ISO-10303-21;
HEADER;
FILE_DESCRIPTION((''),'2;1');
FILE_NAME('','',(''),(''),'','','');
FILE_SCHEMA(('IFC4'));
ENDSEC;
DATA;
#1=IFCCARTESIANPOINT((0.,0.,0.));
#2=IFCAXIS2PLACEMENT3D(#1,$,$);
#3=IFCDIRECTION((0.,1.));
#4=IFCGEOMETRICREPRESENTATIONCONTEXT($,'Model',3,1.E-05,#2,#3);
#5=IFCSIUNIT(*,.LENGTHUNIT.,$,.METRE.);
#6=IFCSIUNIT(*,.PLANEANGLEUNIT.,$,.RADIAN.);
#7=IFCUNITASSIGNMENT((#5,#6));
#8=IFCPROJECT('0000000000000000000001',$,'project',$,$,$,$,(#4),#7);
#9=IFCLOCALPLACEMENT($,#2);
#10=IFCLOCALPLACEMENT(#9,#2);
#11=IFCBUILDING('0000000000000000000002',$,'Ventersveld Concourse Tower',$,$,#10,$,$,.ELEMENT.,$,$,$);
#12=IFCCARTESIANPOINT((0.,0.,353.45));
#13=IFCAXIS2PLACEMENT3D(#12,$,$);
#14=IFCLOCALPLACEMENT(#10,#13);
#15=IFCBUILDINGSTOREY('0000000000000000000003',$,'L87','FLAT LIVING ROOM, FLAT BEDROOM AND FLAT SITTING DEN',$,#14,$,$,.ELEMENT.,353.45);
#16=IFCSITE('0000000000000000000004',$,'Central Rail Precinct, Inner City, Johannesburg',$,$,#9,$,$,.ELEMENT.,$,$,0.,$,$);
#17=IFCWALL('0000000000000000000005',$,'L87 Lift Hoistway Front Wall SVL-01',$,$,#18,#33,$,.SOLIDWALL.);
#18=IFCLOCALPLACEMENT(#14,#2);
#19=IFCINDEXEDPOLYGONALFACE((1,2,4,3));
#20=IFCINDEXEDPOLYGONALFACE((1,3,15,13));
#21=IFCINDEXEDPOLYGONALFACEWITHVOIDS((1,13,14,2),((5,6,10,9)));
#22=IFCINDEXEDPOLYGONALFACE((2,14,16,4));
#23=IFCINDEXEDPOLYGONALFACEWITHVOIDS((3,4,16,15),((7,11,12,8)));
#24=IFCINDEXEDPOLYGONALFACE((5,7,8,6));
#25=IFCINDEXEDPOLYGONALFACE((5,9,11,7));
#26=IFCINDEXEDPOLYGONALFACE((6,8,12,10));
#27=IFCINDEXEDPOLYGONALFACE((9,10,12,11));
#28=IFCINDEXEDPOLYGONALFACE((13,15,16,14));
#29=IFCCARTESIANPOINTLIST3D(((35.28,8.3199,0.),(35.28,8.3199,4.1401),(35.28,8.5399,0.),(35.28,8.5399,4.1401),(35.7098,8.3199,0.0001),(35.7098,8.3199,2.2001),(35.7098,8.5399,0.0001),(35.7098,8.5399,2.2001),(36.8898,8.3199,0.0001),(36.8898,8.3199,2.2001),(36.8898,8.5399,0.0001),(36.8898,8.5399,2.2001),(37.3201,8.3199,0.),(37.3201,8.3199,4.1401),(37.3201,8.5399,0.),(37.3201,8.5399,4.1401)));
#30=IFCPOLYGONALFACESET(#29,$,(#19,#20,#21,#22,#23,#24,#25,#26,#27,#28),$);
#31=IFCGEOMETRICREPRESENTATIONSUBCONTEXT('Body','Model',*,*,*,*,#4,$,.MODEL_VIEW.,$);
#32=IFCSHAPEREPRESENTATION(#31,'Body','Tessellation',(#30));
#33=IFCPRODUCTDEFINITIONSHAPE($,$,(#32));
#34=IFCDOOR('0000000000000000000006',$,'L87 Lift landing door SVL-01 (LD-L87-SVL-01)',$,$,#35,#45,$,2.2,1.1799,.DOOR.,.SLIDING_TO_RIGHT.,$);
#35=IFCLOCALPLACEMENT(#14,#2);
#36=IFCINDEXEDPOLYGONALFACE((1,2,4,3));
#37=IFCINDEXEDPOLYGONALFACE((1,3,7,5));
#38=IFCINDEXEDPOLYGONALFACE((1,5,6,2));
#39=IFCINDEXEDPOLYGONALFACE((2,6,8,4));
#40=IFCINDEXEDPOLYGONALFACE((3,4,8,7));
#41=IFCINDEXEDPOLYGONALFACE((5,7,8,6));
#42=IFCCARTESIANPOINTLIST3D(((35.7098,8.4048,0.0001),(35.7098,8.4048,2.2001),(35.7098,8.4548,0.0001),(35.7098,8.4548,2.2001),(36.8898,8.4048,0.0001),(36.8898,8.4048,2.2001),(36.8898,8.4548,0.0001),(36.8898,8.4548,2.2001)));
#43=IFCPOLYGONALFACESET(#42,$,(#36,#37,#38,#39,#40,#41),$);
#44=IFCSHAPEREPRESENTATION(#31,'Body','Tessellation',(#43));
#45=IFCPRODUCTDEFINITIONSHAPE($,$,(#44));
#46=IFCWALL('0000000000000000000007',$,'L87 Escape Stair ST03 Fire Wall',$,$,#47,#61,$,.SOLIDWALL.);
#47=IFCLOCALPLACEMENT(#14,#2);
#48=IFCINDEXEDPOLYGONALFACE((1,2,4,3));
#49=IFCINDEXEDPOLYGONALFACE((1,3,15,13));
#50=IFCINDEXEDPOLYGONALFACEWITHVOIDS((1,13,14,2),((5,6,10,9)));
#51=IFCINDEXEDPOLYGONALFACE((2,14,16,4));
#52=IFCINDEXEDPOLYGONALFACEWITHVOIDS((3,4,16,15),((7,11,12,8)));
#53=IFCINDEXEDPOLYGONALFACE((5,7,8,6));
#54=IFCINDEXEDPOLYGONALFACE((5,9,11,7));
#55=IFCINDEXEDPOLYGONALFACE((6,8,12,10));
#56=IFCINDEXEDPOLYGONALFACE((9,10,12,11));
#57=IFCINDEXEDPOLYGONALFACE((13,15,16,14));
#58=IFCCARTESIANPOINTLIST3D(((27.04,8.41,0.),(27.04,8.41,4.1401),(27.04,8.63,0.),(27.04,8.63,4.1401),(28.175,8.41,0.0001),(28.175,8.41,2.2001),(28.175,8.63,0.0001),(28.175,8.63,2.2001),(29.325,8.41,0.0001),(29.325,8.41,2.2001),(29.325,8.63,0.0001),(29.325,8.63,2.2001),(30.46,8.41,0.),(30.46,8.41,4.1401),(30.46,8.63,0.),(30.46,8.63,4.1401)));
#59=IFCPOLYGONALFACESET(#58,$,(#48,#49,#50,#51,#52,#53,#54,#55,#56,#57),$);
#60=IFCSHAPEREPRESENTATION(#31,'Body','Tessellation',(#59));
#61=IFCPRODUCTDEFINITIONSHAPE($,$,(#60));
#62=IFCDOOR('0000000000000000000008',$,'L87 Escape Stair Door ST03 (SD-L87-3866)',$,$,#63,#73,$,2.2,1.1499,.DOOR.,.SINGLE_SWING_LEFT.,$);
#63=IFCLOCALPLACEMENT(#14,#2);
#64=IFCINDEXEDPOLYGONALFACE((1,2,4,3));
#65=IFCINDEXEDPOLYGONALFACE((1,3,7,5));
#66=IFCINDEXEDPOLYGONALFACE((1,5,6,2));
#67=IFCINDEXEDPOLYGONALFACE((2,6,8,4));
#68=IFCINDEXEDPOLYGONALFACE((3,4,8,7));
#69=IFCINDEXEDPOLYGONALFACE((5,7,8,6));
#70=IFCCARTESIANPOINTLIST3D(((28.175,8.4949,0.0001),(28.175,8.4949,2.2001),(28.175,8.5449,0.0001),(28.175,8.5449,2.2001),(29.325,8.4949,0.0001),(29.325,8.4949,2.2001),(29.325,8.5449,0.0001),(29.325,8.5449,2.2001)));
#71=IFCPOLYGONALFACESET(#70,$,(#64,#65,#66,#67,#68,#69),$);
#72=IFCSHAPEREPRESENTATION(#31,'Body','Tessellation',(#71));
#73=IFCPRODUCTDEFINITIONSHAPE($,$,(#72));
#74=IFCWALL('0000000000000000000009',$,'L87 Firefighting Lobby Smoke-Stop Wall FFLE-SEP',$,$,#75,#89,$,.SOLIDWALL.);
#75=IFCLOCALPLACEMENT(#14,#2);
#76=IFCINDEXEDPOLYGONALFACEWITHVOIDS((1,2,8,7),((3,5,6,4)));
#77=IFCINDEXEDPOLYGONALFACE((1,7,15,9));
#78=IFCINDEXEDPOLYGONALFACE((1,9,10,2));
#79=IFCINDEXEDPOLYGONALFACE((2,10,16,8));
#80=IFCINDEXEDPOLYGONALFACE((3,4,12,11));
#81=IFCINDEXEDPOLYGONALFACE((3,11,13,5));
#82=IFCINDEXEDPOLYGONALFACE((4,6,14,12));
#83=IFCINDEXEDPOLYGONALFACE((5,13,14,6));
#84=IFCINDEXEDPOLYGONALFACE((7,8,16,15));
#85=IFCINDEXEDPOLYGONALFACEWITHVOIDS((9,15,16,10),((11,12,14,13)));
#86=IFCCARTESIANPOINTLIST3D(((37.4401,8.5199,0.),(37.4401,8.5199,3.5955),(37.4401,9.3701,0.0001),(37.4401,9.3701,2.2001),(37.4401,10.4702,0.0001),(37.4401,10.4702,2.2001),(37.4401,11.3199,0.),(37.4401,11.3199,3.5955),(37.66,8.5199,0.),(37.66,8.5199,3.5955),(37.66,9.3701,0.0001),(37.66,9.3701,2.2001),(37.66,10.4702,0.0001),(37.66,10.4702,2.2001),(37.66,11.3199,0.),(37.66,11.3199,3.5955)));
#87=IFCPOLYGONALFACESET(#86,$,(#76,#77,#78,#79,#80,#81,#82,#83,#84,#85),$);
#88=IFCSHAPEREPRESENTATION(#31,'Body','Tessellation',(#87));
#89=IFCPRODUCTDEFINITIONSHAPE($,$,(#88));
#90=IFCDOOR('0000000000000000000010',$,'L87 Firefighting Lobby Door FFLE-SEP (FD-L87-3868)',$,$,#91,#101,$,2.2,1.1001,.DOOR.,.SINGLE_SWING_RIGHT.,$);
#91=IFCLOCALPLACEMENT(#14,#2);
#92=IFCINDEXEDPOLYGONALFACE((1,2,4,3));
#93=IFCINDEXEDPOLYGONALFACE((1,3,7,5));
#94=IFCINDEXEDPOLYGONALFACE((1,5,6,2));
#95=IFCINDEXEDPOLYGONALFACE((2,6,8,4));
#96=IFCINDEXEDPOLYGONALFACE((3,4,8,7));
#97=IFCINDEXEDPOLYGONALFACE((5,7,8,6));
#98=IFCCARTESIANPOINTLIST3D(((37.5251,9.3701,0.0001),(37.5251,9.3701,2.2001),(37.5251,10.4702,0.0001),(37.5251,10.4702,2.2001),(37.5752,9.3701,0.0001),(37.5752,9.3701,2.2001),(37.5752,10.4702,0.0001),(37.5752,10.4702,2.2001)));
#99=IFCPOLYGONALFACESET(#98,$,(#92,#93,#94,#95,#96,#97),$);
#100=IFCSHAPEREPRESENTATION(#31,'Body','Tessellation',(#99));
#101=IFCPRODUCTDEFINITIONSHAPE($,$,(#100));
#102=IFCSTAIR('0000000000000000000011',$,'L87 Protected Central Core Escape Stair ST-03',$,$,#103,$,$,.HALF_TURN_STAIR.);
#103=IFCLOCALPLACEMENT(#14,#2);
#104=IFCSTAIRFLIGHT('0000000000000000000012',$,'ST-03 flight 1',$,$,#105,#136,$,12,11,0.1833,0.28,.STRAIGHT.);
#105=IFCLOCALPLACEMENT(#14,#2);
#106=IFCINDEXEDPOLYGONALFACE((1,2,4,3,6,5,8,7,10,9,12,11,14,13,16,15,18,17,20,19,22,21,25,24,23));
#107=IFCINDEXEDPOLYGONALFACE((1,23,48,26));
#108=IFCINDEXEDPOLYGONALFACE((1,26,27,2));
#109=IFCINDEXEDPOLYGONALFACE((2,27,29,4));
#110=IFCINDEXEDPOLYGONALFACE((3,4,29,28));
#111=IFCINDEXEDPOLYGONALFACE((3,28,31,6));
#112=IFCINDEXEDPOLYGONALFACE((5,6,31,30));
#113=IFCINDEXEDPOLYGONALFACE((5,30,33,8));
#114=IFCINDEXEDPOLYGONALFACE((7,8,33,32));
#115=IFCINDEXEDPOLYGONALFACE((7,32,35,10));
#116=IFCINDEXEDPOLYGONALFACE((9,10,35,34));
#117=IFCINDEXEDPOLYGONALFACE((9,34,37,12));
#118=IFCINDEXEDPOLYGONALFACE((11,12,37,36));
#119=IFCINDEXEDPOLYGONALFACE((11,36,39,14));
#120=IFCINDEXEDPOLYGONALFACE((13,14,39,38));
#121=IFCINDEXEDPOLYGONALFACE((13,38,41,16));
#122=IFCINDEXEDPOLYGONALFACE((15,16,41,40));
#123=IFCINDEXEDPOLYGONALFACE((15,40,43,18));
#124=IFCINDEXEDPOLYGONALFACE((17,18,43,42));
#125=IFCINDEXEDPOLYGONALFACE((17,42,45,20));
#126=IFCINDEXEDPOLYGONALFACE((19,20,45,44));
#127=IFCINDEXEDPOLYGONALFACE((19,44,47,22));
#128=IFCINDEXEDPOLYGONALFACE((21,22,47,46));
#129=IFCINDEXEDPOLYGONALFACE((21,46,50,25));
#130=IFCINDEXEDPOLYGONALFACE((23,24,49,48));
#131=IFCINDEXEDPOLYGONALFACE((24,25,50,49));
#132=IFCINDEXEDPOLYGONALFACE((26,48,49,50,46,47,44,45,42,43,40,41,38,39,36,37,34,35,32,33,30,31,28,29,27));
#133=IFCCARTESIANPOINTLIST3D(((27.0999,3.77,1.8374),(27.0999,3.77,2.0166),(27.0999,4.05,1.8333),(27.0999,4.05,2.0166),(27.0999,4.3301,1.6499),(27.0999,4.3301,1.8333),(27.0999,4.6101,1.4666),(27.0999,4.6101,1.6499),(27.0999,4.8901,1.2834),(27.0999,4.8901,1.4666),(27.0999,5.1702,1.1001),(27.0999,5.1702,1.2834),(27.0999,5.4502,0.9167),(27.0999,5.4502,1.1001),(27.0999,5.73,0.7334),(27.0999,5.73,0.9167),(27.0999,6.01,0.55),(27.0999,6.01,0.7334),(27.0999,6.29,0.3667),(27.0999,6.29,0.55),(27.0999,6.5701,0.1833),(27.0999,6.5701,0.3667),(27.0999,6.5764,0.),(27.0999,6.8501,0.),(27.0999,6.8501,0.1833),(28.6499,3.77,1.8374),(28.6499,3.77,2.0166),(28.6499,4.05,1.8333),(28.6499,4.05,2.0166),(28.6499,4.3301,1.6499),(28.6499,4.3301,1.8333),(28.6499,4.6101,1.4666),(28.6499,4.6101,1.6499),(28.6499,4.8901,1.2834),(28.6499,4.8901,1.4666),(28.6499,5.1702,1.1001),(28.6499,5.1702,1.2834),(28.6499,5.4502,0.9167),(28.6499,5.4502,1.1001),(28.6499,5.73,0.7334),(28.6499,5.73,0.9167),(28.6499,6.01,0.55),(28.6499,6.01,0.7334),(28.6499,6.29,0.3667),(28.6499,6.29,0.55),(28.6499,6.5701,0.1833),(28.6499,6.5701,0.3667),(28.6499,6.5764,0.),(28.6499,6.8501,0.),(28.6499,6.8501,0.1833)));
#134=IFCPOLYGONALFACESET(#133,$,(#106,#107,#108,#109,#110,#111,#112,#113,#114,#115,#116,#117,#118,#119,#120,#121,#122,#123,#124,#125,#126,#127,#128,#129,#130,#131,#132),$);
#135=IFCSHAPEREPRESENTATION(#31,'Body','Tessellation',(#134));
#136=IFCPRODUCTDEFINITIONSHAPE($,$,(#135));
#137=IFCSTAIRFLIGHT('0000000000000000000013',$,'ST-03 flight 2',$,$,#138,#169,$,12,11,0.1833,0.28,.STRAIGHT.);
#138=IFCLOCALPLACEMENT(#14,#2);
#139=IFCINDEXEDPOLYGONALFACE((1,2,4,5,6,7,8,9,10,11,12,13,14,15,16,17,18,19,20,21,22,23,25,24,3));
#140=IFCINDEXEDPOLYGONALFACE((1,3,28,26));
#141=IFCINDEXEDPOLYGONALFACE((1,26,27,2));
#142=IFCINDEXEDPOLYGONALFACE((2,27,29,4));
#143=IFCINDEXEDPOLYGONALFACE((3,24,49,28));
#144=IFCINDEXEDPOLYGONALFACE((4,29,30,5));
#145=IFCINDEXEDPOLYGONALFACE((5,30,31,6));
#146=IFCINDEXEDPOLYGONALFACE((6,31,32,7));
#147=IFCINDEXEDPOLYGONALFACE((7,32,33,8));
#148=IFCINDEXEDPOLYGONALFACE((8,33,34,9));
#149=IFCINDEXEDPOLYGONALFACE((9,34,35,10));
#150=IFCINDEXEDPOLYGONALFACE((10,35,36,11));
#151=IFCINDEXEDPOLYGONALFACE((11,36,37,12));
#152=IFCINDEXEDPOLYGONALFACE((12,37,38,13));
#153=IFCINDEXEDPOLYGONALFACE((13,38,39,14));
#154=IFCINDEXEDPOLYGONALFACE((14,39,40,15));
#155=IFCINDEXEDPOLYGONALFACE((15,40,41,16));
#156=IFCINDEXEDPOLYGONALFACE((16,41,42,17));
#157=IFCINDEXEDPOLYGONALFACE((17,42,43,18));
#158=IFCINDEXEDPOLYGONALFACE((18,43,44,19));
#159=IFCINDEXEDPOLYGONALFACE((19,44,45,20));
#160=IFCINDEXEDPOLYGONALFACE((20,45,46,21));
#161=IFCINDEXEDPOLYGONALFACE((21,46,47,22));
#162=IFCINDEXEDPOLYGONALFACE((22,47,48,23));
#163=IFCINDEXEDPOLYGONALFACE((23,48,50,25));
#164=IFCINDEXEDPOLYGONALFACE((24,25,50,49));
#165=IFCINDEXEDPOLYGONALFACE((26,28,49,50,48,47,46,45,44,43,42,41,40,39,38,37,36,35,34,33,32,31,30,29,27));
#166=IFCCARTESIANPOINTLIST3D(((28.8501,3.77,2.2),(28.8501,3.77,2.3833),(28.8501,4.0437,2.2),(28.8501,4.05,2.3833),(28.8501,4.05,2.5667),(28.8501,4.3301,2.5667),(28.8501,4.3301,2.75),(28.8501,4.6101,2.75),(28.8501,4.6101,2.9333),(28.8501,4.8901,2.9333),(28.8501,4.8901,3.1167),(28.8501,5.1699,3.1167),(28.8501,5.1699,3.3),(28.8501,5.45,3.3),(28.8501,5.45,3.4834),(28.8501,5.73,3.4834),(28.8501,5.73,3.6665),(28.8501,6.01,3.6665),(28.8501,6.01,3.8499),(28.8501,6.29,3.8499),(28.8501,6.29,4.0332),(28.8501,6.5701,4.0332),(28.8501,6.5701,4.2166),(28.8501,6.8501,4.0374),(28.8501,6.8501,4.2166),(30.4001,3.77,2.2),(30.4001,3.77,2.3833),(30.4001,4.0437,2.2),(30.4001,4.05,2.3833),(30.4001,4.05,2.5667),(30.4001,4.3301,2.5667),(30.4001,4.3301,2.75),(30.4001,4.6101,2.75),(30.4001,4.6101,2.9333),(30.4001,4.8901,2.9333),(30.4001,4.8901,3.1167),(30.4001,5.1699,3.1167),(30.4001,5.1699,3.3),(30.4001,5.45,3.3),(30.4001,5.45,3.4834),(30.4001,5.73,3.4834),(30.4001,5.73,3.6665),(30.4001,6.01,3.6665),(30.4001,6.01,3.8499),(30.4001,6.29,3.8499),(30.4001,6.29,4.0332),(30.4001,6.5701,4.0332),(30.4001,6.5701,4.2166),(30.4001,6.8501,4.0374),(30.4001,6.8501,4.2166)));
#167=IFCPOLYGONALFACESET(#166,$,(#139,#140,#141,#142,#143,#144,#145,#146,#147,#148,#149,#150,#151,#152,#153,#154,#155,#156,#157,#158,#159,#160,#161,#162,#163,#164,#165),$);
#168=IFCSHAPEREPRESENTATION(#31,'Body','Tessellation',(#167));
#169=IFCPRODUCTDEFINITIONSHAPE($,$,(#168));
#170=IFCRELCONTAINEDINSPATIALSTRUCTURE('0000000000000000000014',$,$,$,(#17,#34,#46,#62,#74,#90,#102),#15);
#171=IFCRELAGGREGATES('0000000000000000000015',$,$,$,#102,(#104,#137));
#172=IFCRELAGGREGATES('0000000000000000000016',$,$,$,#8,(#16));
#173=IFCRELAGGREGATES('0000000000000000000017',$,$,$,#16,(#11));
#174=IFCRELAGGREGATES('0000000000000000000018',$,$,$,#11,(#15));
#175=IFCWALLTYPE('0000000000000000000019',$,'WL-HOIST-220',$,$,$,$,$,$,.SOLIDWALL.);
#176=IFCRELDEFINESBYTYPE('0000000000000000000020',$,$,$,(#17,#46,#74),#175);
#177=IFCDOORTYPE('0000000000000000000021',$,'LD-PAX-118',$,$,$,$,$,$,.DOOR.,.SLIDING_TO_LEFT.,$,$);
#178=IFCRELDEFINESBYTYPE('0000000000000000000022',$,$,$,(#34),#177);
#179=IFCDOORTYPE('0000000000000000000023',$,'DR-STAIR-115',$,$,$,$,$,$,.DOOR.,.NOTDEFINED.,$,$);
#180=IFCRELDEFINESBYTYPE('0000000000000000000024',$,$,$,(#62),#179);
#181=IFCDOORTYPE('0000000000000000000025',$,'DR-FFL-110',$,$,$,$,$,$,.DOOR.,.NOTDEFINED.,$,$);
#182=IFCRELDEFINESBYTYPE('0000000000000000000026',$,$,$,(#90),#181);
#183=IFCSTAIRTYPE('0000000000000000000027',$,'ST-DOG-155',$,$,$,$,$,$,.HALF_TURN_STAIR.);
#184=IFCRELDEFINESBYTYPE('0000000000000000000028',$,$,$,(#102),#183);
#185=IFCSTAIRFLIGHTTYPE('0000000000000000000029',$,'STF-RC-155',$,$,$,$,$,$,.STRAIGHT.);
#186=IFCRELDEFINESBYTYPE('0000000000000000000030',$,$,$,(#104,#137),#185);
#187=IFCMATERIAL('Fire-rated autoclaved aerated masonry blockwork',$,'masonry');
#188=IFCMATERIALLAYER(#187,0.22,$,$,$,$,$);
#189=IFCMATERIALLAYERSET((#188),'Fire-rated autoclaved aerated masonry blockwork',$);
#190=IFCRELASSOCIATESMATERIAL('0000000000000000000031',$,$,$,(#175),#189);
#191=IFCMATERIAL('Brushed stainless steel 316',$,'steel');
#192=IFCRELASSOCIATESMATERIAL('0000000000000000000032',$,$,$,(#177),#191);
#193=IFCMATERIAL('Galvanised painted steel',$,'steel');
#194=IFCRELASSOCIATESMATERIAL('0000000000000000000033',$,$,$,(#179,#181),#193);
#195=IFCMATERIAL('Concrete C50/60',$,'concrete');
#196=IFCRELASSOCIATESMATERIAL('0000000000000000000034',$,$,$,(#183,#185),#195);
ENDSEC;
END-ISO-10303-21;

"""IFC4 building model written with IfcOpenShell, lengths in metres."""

from ifc_helpers import new_model, si_unit, direction, frame, frame_2d, origin, place, context, subcontext, project, spatial, polyline, rectangle, outline, extrude, material, layer, layer_set, type_object, element, fill, aggregate, save


model = new_model("IFC4")

# Units and contexts
model_context = context("Model", 3, precision=1e-05, world=origin(), true_north=direction((0.0, 1.0)))
body_context = subcontext(model_context, "Body", "Model", "MODEL_VIEW")
ifc_project = project(units=[si_unit("LENGTHUNIT", "METRE"), si_unit("PLANEANGLEUNIT", "RADIAN")], contexts=[model_context])

# Site, building, storey
site_placement = place(None, origin())
site = spatial("IfcSite", under=ifc_project, at=site_placement, Name="Central Rail Precinct, Inner City, Johannesburg", CompositionType="ELEMENT", RefElevation=0.0)
building_placement = place(site_placement, origin())
building = spatial("IfcBuilding", under=site, at=building_placement, Name="Ventersveld Concourse Tower", CompositionType="ELEMENT")
storey_placement = place(building_placement, frame((0.0, 0.0, 353.45)))
storey = spatial("IfcBuildingStorey", under=building, at=storey_placement, Name="L87", Description="FLAT LIVING ROOM, FLAT BEDROOM AND FLAT SITTING DEN", CompositionType="ELEMENT", Elevation=353.45)

# Shared definitions
ifc_material_1 = material(Name="Concrete C50/60", Category="concrete")

# Shared definitions
ifc_material_2 = material(Name="Fire-rated autoclaved aerated masonry blockwork", Category="masonry")
ifc_material_3 = material(Name="Galvanised painted steel", Category="steel")

# Shared definitions
ifc_layer_1 = layer(ifc_material_2, 0.22)
ifc_layer_set_1 = layer_set([ifc_layer_1], Name="Fire-rated autoclaved aerated masonry blockwork")
wall_type_1 = type_object("IfcWallType", Name="WL-HOIST-220", PredefinedType="SOLIDWALL", material=ifc_layer_set_1)

# Walls, openings, doors
wall_1_placement = place(storey_placement, frame((35.28, 8.4299, 0.0), z_axis=(0.0, 0.0, 1.0), x_axis=(1.0, 0.0, 0.0)))
wall_1 = element("IfcWall", 1, at=wall_1_placement, inside=storey, type_object=wall_type_1, Name="L87 Lift Hoistway Front Wall SVL-01", PredefinedType="SOLIDWALL", context=body_context, shape_type="SweptSolid", body=[
    extrude(rectangle(XDim=2.04, YDim=0.22, at=frame_2d((1.02, 0.0))), origin(), (0.0, 0.0, 1.0), 4.1401),
])
opening_1_placement = place(wall_1_placement, frame((0.4299, 0.0, 0.0)))
opening_1 = element("IfcOpeningElement", 2, at=opening_1_placement, cuts=wall_1, PredefinedType="OPENING", context=body_context, shape_type="SweptSolid", body=[
    extrude(rectangle(XDim=1.1799, YDim=2.2, at=frame_2d((0.5898, 1.1001))), frame((0.0, 0.1201, 0.0), z_axis=(0.0, -1.0, 0.0), x_axis=(1.0, 0.0, 0.0)), (0.0, 0.0, 1.0), 0.24),
])
ifc_material_4 = material(Name="Brushed stainless steel 316", Category="steel")
door_type_1 = type_object("IfcDoorType", Name="LD-PAX-118", OperationType="SLIDING_TO_LEFT", PredefinedType="DOOR", material=ifc_material_4)
door_1_placement = place(opening_1_placement, origin())
door_1 = element("IfcDoor", 3, at=door_1_placement, inside=storey, type_object=door_type_1, Name="L87 Lift landing door SVL-01 (LD-L87-SVL-01)", OperationType="SLIDING_TO_RIGHT", OverallHeight=2.2, OverallWidth=1.1799, PredefinedType="DOOR", context=body_context, shape_type="SweptSolid", body=[
    extrude(rectangle(XDim=1.1799, YDim=2.2, at=frame_2d((0.5898, 1.1001))), frame((0.0, 0.0249, 0.0), z_axis=(0.0, -1.0, 0.0), x_axis=(1.0, 0.0, 0.0)), (0.0, 0.0, 1.0), 0.05),
])
fill(opening_1, door_1)
wall_2_placement = place(storey_placement, frame((27.04, 8.52, 0.0), z_axis=(0.0, 0.0, 1.0), x_axis=(1.0, 0.0, 0.0)))
wall_2 = element("IfcWall", 4, at=wall_2_placement, inside=storey, type_object=wall_type_1, Name="L87 Escape Stair ST03 Fire Wall", PredefinedType="SOLIDWALL", context=body_context, shape_type="SweptSolid", body=[
    extrude(rectangle(XDim=3.4199, YDim=0.22, at=frame_2d((1.71, 0.0))), origin(), (0.0, 0.0, 1.0), 4.1401),
])
opening_2_placement = place(wall_2_placement, frame((1.135, 0.0, 0.0)))
opening_2 = element("IfcOpeningElement", 5, at=opening_2_placement, cuts=wall_2, PredefinedType="OPENING", context=body_context, shape_type="SweptSolid", body=[
    extrude(rectangle(XDim=1.1499, YDim=2.2, at=frame_2d((0.575, 1.1001))), frame((0.0, 0.1201, 0.0), z_axis=(0.0, -1.0, 0.0), x_axis=(1.0, 0.0, 0.0)), (0.0, 0.0, 1.0), 0.24),
])
door_type_2 = type_object("IfcDoorType", Name="DR-STAIR-115", OperationType="NOTDEFINED", PredefinedType="DOOR", material=ifc_material_3)
door_2_placement = place(opening_2_placement, origin())
door_2 = element("IfcDoor", 6, at=door_2_placement, inside=storey, type_object=door_type_2, Name="L87 Escape Stair Door ST03 (SD-L87-3866)", OperationType="SINGLE_SWING_LEFT", OverallHeight=2.2, OverallWidth=1.1499, PredefinedType="DOOR", context=body_context, shape_type="SweptSolid", body=[
    extrude(rectangle(XDim=1.1499, YDim=2.2, at=frame_2d((0.575, 1.1001))), frame((0.0, 0.0249, 0.0), z_axis=(0.0, -1.0, 0.0), x_axis=(1.0, 0.0, 0.0)), (0.0, 0.0, 1.0), 0.05),
])
fill(opening_2, door_2)
wall_3_placement = place(storey_placement, frame((37.55, 8.52, 0.0), z_axis=(0.0, 0.0, 1.0), x_axis=(0.0, 1.0, 0.0)))
wall_3 = element("IfcWall", 7, at=wall_3_placement, inside=storey, type_object=wall_type_1, Name="L87 Firefighting Lobby Smoke-Stop Wall FFLE-SEP", PredefinedType="SOLIDWALL", context=body_context, shape_type="SweptSolid", body=[
    extrude(rectangle(XDim=2.8, YDim=0.22, at=frame_2d((1.3999, 0.0))), origin(), (0.0, 0.0, 1.0), 3.5955),
])
opening_3_placement = place(wall_3_placement, frame((0.8501, 0.0, 0.0)))
opening_3 = element("IfcOpeningElement", 8, at=opening_3_placement, cuts=wall_3, PredefinedType="OPENING", context=body_context, shape_type="SweptSolid", body=[
    extrude(rectangle(XDim=1.1001, YDim=2.2, at=frame_2d((0.55, 1.1001))), frame((0.0, 0.1201, 0.0), z_axis=(0.0, -1.0, 0.0), x_axis=(1.0, 0.0, 0.0)), (0.0, 0.0, 1.0), 0.24),
])
door_type_3 = type_object("IfcDoorType", Name="DR-FFL-110", OperationType="NOTDEFINED", PredefinedType="DOOR", material=ifc_material_3)
door_3_placement = place(opening_3_placement, origin())
door_3 = element("IfcDoor", 9, at=door_3_placement, inside=storey, type_object=door_type_3, Name="L87 Firefighting Lobby Door FFLE-SEP (FD-L87-3868)", OperationType="SINGLE_SWING_RIGHT", OverallHeight=2.2, OverallWidth=1.1001, PredefinedType="DOOR", context=body_context, shape_type="SweptSolid", body=[
    extrude(rectangle(XDim=1.1001, YDim=2.2, at=frame_2d((0.55, 1.1001))), frame((0.0, 0.0249, 0.0), z_axis=(0.0, -1.0, 0.0), x_axis=(1.0, 0.0, 0.0)), (0.0, 0.0, 1.0), 0.05),
])
fill(opening_3, door_3)

# Stair, stair flights
stair_type = type_object("IfcStairType", Name="ST-DOG-155", PredefinedType="HALF_TURN_STAIR", material=ifc_material_1)
stair_placement = place(storey_placement, origin())
stair = element("IfcStair", 10, at=stair_placement, inside=storey, type_object=stair_type, Name="L87 Protected Central Core Escape Stair ST-03", PredefinedType="HALF_TURN_STAIR")
stair_flight_type = type_object("IfcStairFlightType", Name="STF-RC-155", PredefinedType="STRAIGHT", material=ifc_material_1)
stair_flight_1_placement = place(storey_placement, frame((27.875, 6.8501, 0.0), z_axis=(0.0, 0.0, 1.0), x_axis=(0.0, -1.0, 0.0)))
stair_flight_1 = element("IfcStairFlight", 11, at=stair_flight_1_placement, type_object=stair_flight_type, Name="ST-03 flight 1", NumberOfRisers=12, NumberOfTreads=11, PredefinedType="STRAIGHT", RiserHeight=0.1833, TreadLength=0.28, context=body_context, shape_type="SweptSolid", body=[
    extrude(outline(polyline([(0.0, 0.0), (0.0, 0.1833), (0.28, 0.1833), (0.28, 0.3667), (0.5601, 0.3667), (0.5601, 0.55), (0.8401, 0.55), (0.8401, 0.7334), (1.1201, 0.7334), (1.1201, 0.9167), (1.3999, 0.9167), (1.3999, 1.1001), (1.6799, 1.1001), (1.6799, 1.2834), (1.96, 1.2834), (1.96, 1.4666), (2.24, 1.4666), (2.24, 1.6499), (2.52, 1.6499), (2.52, 1.8333), (2.8, 1.8333), (2.8, 2.0166), (3.0801, 2.0166), (3.0801, 2.2), (3.0801, 1.8374), (0.2737, 0.0), (0.0, 0.0)])), frame((0.0, 0.7749, 0.0), z_axis=(0.0, -1.0, 0.0), x_axis=(1.0, 0.0, 0.0)), (0.0, 0.0, 1.0), 1.55),
])
stair_flight_2_placement = place(storey_placement, frame((29.625, 3.77, 2.2), z_axis=(0.0, 0.0, 1.0), x_axis=(0.0, 1.0, 0.0)))
stair_flight_2 = element("IfcStairFlight", 12, at=stair_flight_2_placement, type_object=stair_flight_type, Name="ST-03 flight 2", NumberOfRisers=12, NumberOfTreads=11, PredefinedType="STRAIGHT", RiserHeight=0.1833, TreadLength=0.28, context=body_context, shape_type="SweptSolid", body=[
    extrude(outline(polyline([(0.0, 0.0), (0.0, 0.1833), (0.28, 0.1833), (0.28, 0.3667), (0.5601, 0.3667), (0.5601, 0.55), (0.8401, 0.55), (0.8401, 0.7334), (1.1201, 0.7334), (1.1201, 0.9167), (1.3999, 0.9167), (1.3999, 1.1001), (1.6799, 1.1001), (1.6799, 1.2834), (1.96, 1.2834), (1.96, 1.4666), (2.24, 1.4666), (2.24, 1.6499), (2.52, 1.6499), (2.52, 1.8333), (2.8, 1.8333), (2.8, 2.0166), (3.0801, 2.0166), (3.0801, 2.2), (3.0801, 1.8374), (0.2737, 0.0), (0.0, 0.0)])), frame((0.0, 0.7749, 0.0), z_axis=(0.0, -1.0, 0.0), x_axis=(1.0, 0.0, 0.0)), (0.0, 0.0, 1.0), 1.55),
])
aggregate(stair, [stair_flight_1, stair_flight_2])

save(model, "model.ifc")
